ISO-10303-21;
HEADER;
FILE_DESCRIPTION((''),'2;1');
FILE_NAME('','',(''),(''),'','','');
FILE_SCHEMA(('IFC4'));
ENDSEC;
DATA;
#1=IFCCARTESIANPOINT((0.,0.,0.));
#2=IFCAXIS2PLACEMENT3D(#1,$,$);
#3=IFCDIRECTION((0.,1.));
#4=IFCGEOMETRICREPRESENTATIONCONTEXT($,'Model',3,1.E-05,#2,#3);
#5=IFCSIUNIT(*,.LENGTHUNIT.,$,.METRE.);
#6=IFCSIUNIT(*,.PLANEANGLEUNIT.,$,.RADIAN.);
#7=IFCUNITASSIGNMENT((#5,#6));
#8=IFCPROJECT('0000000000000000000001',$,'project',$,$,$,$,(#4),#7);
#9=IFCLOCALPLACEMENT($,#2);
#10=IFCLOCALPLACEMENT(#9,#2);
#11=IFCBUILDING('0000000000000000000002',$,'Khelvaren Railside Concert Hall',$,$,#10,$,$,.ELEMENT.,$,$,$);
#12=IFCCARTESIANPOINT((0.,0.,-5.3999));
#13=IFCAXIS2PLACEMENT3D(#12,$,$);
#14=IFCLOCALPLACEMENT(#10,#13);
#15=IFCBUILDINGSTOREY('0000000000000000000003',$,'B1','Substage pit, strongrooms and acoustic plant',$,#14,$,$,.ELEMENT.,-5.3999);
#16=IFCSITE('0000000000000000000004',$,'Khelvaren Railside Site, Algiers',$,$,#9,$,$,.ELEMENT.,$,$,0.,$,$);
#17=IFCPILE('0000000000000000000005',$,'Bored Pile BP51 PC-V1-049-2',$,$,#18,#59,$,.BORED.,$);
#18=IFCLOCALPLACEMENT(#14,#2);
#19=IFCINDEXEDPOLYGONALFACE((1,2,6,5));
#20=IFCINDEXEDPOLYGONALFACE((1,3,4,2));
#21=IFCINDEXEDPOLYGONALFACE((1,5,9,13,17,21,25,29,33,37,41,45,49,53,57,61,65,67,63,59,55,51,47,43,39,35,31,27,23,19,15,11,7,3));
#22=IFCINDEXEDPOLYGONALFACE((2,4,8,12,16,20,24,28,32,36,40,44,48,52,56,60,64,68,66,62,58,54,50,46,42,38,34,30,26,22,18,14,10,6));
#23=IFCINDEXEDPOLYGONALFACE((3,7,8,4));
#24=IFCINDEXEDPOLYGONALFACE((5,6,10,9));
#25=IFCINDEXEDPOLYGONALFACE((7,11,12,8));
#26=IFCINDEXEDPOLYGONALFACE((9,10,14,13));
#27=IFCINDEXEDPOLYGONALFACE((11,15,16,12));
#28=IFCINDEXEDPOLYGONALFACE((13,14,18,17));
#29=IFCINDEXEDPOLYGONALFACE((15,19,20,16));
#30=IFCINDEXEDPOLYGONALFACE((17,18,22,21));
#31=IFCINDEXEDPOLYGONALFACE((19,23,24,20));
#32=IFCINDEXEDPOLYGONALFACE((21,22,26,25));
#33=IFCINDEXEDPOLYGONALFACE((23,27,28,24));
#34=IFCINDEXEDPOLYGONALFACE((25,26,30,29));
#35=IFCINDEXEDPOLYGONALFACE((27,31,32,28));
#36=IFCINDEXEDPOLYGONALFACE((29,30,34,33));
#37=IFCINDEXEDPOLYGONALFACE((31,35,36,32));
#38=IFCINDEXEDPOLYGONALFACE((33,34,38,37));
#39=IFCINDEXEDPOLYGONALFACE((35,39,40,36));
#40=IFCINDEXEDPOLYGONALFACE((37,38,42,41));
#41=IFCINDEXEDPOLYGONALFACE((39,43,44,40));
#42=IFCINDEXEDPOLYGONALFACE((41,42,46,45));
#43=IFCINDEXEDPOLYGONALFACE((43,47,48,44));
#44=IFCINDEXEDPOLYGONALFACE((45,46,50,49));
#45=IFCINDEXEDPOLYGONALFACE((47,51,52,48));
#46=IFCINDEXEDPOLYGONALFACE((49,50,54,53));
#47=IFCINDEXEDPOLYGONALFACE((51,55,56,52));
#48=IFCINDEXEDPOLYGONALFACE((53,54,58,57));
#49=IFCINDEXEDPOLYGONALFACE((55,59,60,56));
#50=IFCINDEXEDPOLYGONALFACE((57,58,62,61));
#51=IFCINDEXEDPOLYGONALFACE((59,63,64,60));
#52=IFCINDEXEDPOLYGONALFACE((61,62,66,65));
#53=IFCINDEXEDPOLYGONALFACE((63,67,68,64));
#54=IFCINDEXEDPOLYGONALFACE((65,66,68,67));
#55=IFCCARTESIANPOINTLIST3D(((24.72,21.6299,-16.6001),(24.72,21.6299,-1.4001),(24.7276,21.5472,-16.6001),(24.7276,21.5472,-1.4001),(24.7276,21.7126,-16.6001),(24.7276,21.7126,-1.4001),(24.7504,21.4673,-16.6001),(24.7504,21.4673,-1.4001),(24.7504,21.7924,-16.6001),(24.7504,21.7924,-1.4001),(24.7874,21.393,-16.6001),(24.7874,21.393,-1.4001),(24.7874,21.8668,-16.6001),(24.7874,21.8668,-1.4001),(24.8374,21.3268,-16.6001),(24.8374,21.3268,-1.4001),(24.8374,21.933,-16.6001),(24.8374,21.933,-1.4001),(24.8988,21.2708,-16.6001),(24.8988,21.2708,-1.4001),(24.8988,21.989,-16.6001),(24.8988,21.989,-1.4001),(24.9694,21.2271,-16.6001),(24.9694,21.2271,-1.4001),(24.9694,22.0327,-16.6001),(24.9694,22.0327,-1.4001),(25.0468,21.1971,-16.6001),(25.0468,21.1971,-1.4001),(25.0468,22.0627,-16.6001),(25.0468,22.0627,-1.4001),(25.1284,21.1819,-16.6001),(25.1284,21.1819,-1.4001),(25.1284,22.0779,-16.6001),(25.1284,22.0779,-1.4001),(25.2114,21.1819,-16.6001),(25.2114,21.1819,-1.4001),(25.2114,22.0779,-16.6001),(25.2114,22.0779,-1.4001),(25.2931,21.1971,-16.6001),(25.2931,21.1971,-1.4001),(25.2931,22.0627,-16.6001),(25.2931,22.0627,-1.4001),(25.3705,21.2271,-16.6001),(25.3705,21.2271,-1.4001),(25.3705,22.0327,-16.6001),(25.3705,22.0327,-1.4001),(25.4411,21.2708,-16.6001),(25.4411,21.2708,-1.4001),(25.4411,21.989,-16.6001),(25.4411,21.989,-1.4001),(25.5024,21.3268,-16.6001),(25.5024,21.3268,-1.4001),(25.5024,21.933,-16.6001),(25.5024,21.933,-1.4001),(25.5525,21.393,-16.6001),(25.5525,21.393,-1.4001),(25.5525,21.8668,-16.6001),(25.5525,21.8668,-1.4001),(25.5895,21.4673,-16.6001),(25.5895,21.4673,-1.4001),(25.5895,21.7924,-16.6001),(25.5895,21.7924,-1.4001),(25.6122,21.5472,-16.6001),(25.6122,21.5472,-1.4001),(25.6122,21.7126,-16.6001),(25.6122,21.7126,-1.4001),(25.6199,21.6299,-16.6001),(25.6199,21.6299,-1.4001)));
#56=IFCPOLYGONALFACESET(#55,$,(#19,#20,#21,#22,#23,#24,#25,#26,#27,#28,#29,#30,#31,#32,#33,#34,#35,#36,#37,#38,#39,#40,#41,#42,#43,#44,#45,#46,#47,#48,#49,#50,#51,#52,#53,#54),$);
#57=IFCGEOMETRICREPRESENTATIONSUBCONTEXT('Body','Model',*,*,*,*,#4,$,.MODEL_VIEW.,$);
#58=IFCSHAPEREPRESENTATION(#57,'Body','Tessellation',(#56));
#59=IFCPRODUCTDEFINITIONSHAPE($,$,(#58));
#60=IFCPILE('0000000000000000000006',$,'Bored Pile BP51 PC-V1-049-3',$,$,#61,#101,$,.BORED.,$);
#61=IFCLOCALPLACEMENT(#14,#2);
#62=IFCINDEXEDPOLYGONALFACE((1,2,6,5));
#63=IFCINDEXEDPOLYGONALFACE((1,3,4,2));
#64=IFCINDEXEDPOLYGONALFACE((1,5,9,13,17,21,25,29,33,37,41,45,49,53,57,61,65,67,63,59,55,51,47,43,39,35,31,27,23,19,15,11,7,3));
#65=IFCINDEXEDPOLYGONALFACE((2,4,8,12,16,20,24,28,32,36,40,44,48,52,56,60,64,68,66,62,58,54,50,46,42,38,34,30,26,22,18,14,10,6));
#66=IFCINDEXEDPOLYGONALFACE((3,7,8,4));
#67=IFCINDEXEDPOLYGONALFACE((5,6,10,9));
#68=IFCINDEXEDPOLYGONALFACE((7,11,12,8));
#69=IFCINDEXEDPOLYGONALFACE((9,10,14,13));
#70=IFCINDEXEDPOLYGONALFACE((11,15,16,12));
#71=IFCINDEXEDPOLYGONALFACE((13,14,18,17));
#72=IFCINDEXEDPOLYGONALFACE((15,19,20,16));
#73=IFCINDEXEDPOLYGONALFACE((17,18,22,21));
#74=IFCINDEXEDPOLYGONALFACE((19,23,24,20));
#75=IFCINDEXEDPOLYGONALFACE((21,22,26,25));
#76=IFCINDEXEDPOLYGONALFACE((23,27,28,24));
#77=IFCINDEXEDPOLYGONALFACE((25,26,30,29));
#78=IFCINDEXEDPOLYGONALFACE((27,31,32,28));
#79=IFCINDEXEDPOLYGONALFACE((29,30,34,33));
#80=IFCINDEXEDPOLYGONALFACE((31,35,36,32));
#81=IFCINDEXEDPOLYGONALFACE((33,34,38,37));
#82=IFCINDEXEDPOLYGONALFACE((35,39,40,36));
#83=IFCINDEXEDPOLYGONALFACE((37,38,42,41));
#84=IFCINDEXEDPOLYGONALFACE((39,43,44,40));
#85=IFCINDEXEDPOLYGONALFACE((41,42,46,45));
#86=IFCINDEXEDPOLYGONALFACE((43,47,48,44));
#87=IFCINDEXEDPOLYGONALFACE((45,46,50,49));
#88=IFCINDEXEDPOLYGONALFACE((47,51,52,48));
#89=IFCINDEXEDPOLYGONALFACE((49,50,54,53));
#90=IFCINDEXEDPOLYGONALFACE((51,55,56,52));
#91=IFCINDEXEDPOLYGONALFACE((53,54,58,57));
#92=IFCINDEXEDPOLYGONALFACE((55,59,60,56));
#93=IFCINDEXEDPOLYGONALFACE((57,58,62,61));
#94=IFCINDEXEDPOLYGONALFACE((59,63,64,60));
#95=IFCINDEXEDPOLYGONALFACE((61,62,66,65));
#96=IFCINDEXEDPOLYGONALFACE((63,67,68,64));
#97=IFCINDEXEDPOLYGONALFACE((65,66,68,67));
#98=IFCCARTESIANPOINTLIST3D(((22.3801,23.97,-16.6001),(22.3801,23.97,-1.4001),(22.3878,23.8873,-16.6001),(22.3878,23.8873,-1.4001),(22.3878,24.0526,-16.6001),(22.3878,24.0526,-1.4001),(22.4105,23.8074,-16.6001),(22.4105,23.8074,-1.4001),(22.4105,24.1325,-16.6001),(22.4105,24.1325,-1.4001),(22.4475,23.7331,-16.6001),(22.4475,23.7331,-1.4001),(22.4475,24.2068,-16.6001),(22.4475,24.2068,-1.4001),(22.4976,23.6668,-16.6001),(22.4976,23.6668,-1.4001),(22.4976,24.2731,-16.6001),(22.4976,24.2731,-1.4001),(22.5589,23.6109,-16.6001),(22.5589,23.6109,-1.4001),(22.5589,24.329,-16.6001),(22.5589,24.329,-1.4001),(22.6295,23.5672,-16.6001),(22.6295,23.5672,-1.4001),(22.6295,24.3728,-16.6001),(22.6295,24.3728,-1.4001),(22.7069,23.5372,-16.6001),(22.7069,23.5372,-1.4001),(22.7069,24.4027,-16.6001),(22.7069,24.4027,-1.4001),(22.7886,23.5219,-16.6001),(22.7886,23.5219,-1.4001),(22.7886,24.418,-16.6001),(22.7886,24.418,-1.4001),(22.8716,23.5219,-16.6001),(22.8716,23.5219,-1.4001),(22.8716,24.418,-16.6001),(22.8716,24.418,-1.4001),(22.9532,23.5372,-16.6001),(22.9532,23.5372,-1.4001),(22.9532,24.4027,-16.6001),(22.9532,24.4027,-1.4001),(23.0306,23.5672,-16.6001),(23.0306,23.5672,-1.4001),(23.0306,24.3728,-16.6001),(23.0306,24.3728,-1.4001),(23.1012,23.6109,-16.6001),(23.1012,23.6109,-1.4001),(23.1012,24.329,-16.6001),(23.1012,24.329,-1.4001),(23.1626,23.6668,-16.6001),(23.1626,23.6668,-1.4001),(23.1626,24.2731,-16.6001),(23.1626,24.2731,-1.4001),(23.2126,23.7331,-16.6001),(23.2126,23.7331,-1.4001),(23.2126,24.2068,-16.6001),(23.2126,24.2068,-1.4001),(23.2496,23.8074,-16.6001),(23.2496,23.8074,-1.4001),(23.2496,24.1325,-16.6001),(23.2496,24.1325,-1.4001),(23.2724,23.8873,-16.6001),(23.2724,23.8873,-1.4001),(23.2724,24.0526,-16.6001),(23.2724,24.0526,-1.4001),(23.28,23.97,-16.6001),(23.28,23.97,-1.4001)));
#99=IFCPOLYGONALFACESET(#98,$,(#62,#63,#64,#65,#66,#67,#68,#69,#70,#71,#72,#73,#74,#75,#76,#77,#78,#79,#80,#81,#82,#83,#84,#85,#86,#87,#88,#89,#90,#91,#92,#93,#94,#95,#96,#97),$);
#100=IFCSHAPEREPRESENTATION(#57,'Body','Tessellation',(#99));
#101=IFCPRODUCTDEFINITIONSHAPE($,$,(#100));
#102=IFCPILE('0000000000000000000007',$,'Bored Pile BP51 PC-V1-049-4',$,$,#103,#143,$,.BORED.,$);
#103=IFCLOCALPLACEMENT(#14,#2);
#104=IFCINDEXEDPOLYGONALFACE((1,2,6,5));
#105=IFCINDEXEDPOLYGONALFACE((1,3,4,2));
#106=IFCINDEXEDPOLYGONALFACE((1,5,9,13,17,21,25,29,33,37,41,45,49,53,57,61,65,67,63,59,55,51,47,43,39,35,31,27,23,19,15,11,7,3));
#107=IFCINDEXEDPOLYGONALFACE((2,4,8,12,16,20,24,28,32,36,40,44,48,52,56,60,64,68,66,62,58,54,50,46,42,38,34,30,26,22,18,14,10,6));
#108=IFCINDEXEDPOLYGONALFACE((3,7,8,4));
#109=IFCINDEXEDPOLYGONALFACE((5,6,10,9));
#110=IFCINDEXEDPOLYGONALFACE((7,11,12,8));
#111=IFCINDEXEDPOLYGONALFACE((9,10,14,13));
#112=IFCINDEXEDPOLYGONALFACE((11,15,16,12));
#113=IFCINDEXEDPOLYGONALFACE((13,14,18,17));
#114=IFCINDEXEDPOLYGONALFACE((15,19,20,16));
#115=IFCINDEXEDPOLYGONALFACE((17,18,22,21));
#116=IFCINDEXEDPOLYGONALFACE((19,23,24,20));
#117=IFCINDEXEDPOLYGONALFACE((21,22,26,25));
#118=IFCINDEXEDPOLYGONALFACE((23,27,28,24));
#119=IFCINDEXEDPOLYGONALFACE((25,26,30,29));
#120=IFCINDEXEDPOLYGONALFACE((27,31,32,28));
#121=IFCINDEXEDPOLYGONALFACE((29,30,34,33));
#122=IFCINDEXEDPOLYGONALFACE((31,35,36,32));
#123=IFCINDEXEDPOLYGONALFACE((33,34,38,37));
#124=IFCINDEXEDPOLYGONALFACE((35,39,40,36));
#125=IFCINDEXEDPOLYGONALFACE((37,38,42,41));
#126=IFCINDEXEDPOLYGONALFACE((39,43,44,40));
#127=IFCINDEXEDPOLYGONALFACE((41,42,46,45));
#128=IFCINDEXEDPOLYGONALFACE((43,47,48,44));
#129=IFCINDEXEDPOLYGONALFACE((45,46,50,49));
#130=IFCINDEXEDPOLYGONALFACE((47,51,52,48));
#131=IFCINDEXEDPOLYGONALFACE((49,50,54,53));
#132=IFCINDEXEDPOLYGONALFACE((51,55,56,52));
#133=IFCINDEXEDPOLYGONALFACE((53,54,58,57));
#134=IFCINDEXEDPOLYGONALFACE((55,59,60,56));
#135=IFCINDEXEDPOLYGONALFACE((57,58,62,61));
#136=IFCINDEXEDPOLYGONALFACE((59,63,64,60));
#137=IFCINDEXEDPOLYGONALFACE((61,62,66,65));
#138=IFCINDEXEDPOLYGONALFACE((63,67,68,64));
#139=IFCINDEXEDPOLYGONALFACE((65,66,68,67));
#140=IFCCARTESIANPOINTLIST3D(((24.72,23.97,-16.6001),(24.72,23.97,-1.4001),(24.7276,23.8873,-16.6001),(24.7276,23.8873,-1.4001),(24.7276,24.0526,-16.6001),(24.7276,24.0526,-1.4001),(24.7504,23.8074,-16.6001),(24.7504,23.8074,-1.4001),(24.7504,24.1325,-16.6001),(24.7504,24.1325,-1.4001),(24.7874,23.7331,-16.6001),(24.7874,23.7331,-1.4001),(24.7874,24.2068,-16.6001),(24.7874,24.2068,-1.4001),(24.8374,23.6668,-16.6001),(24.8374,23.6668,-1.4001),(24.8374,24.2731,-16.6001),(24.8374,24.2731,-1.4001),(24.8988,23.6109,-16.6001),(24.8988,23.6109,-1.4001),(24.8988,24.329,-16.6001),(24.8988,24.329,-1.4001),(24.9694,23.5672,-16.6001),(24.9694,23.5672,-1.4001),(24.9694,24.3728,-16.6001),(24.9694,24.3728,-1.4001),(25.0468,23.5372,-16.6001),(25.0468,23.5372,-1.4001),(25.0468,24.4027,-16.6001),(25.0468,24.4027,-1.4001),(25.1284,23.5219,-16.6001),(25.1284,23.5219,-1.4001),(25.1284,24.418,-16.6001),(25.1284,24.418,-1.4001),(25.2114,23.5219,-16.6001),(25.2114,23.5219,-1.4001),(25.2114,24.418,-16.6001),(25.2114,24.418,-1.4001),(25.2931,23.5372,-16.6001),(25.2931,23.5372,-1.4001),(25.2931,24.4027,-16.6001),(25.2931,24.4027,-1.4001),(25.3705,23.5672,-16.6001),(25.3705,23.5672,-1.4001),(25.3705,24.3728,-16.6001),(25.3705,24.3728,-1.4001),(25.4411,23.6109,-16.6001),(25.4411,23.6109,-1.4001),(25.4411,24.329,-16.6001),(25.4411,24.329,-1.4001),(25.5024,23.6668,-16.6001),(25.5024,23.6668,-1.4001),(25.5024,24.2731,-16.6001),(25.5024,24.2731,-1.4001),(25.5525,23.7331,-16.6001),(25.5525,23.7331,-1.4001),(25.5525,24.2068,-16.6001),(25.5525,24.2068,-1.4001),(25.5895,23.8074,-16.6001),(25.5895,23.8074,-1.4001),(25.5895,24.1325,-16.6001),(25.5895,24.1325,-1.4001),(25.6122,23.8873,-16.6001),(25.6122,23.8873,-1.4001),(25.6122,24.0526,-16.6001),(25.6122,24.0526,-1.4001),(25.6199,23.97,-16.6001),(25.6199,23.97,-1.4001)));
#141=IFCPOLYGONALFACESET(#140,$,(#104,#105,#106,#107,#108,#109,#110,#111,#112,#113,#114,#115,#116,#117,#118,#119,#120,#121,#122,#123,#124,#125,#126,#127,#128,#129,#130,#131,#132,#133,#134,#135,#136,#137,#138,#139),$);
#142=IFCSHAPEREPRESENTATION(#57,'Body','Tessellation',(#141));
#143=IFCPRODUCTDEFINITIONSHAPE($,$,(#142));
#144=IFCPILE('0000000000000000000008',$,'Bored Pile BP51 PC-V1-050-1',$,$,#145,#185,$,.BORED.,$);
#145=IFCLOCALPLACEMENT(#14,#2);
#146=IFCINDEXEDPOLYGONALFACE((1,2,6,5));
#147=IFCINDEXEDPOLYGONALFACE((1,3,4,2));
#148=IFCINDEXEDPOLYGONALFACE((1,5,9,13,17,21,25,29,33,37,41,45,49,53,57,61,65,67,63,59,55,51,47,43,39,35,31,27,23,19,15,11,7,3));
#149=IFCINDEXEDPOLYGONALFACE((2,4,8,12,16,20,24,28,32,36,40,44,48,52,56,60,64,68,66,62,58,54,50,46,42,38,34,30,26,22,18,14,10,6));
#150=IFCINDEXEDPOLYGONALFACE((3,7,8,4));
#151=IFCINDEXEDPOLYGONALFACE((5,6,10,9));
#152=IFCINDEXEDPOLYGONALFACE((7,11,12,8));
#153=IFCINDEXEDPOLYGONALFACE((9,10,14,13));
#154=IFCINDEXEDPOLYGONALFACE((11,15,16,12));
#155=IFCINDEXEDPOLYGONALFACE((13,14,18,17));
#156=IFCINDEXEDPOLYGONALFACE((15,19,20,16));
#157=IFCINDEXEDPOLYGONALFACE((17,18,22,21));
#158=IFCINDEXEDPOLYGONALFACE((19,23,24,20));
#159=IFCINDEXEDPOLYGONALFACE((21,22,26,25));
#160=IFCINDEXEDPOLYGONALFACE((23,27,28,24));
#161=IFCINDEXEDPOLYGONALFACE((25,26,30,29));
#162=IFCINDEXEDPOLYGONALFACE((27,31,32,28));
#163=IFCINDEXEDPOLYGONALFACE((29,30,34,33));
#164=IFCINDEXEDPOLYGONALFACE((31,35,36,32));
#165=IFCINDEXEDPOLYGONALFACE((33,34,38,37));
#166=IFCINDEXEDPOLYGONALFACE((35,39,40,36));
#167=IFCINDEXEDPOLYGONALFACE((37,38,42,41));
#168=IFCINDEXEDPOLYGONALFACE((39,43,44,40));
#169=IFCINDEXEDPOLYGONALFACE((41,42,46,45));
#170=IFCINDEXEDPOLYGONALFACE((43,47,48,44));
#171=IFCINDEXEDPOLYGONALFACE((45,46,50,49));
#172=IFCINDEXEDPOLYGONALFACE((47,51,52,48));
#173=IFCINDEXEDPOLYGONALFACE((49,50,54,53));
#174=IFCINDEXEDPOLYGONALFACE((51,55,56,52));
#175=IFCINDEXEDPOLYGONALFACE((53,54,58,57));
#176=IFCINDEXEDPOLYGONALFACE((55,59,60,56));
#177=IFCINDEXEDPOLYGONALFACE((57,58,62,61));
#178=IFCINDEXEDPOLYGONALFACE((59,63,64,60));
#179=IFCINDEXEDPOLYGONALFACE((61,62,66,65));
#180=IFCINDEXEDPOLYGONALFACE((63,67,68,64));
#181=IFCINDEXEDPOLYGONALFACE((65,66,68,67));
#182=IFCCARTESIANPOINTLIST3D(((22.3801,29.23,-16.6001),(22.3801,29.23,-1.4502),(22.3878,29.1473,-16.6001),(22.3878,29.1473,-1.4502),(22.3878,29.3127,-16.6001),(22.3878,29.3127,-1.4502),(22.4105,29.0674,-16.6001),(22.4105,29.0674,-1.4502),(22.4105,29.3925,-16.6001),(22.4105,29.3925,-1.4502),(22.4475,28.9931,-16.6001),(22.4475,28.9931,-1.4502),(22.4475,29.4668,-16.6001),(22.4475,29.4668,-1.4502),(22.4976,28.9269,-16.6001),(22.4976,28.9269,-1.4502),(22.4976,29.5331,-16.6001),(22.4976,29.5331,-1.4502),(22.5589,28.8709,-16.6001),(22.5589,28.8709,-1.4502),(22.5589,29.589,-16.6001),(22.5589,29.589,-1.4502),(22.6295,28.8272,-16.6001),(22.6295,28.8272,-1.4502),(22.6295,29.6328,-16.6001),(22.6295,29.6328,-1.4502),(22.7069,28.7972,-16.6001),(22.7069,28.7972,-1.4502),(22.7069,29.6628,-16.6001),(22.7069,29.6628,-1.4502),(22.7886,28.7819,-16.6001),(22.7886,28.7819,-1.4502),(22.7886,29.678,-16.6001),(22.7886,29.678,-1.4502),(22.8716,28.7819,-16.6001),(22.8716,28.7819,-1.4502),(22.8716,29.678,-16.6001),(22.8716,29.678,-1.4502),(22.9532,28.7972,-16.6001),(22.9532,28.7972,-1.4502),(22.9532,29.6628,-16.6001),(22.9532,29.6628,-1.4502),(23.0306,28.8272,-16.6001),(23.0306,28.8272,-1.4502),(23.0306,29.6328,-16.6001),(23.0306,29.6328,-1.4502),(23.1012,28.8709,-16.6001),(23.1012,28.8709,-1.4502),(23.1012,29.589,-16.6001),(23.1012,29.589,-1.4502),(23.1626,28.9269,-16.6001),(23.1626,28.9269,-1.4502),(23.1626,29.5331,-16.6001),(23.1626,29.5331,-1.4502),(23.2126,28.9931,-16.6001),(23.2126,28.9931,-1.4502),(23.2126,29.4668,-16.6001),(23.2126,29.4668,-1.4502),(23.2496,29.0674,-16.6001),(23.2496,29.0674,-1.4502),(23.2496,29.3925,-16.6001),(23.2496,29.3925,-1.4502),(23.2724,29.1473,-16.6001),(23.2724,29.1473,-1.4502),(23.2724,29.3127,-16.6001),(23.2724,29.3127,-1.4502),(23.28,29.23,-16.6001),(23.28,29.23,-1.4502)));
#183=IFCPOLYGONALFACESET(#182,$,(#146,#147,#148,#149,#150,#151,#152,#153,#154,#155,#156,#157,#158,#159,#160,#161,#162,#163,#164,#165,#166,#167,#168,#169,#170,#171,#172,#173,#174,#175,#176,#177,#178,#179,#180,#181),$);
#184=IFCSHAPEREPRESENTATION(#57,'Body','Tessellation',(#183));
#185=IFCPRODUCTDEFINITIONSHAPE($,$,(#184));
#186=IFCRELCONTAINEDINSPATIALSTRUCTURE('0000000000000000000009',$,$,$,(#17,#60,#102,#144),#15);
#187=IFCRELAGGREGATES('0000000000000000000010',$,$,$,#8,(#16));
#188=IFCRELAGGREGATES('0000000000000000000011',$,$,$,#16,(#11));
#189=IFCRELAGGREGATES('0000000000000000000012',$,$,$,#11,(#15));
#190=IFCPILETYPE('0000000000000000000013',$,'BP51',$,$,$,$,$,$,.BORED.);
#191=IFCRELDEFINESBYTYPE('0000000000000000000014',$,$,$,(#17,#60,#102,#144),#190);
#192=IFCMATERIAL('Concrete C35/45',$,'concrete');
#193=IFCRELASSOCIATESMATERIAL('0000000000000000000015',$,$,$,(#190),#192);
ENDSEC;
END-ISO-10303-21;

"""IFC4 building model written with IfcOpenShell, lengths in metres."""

from ifc_helpers import new_model, si_unit, direction, frame, origin, origin_2d, place, context, subcontext, project, spatial, circle, extrude, material, material_profile, profile_set, type_object, element, save


model = new_model("IFC4")

# Units and contexts
model_context = context("Model", 3, precision=1e-05, world=origin(), true_north=direction((0.0, 1.0)))
body_context = subcontext(model_context, "Body", "Model", "MODEL_VIEW")
ifc_project = project(units=[si_unit("LENGTHUNIT", "METRE"), si_unit("PLANEANGLEUNIT", "RADIAN")], contexts=[model_context])

# Site, building, storey
site_placement = place(None, origin())
site = spatial("IfcSite", under=ifc_project, at=site_placement, Name="Khelvaren Railside Site, Algiers", CompositionType="ELEMENT", RefElevation=0.0)
building_placement = place(site_placement, origin())
building = spatial("IfcBuilding", under=site, at=building_placement, Name="Khelvaren Railside Concert Hall", CompositionType="ELEMENT")
storey_placement = place(building_placement, frame((0.0, 0.0, -5.3999)))
storey = spatial("IfcBuildingStorey", under=building, at=storey_placement, Name="B1", Description="Substage pit, strongrooms and acoustic plant", CompositionType="ELEMENT", Elevation=-5.3999)

# Piles
ifc_material_1 = material(Name="Concrete C35/45", Category="concrete")
ifc_material_profile_1 = material_profile(ifc_material_1, circle(Radius=0.45, at=origin_2d()), Name="BP D900")
ifc_profile_set_1 = profile_set([ifc_material_profile_1], Name="Concrete C35/45")
pile_type = type_object("IfcPileType", Name="BP51", PredefinedType="BORED", material=ifc_profile_set_1)
for number, where, z_axis, x_axis, name in (
    (1, (25.1699, 21.6299, -1.4001), (0.0, 0.0, -1.0), (1.0, 0.0, 0.0), "Bored Pile BP51 PC-V1-049-2"),
    (2, (22.8301, 23.97, -1.4001), (0.0, 0.0, -1.0), (1.0, 0.0, 0.0), "Bored Pile BP51 PC-V1-049-3"),
    (3, (25.1699, 23.97, -1.4001), (0.0, 0.0, -1.0), (1.0, 0.0, 0.0), "Bored Pile BP51 PC-V1-049-4"),
):
    element("IfcPile", number, at=place(storey_placement, frame(where, z_axis=z_axis, x_axis=x_axis)), inside=storey, type_object=pile_type, Name=name, PredefinedType="BORED", context=body_context, shape_type="SweptSolid", body=[
        extrude(circle(Radius=0.45, at=origin_2d()), origin(), (0.0, 0.0, 1.0), 15.2),
    ])
for number, where, z_axis, x_axis, name in (
    (4, (22.8301, 29.23, -1.4502), (0.0, 0.0, -1.0), (1.0, 0.0, 0.0), "Bored Pile BP51 PC-V1-050-1"),
):
    element("IfcPile", number, at=place(storey_placement, frame(where, z_axis=z_axis, x_axis=x_axis)), inside=storey, type_object=pile_type, Name=name, PredefinedType="BORED", context=body_context, shape_type="SweptSolid", body=[
        extrude(circle(Radius=0.45, at=origin_2d()), origin(), (0.0, 0.0, 1.0), 15.1499),
    ])

save(model, "model.ifc")
